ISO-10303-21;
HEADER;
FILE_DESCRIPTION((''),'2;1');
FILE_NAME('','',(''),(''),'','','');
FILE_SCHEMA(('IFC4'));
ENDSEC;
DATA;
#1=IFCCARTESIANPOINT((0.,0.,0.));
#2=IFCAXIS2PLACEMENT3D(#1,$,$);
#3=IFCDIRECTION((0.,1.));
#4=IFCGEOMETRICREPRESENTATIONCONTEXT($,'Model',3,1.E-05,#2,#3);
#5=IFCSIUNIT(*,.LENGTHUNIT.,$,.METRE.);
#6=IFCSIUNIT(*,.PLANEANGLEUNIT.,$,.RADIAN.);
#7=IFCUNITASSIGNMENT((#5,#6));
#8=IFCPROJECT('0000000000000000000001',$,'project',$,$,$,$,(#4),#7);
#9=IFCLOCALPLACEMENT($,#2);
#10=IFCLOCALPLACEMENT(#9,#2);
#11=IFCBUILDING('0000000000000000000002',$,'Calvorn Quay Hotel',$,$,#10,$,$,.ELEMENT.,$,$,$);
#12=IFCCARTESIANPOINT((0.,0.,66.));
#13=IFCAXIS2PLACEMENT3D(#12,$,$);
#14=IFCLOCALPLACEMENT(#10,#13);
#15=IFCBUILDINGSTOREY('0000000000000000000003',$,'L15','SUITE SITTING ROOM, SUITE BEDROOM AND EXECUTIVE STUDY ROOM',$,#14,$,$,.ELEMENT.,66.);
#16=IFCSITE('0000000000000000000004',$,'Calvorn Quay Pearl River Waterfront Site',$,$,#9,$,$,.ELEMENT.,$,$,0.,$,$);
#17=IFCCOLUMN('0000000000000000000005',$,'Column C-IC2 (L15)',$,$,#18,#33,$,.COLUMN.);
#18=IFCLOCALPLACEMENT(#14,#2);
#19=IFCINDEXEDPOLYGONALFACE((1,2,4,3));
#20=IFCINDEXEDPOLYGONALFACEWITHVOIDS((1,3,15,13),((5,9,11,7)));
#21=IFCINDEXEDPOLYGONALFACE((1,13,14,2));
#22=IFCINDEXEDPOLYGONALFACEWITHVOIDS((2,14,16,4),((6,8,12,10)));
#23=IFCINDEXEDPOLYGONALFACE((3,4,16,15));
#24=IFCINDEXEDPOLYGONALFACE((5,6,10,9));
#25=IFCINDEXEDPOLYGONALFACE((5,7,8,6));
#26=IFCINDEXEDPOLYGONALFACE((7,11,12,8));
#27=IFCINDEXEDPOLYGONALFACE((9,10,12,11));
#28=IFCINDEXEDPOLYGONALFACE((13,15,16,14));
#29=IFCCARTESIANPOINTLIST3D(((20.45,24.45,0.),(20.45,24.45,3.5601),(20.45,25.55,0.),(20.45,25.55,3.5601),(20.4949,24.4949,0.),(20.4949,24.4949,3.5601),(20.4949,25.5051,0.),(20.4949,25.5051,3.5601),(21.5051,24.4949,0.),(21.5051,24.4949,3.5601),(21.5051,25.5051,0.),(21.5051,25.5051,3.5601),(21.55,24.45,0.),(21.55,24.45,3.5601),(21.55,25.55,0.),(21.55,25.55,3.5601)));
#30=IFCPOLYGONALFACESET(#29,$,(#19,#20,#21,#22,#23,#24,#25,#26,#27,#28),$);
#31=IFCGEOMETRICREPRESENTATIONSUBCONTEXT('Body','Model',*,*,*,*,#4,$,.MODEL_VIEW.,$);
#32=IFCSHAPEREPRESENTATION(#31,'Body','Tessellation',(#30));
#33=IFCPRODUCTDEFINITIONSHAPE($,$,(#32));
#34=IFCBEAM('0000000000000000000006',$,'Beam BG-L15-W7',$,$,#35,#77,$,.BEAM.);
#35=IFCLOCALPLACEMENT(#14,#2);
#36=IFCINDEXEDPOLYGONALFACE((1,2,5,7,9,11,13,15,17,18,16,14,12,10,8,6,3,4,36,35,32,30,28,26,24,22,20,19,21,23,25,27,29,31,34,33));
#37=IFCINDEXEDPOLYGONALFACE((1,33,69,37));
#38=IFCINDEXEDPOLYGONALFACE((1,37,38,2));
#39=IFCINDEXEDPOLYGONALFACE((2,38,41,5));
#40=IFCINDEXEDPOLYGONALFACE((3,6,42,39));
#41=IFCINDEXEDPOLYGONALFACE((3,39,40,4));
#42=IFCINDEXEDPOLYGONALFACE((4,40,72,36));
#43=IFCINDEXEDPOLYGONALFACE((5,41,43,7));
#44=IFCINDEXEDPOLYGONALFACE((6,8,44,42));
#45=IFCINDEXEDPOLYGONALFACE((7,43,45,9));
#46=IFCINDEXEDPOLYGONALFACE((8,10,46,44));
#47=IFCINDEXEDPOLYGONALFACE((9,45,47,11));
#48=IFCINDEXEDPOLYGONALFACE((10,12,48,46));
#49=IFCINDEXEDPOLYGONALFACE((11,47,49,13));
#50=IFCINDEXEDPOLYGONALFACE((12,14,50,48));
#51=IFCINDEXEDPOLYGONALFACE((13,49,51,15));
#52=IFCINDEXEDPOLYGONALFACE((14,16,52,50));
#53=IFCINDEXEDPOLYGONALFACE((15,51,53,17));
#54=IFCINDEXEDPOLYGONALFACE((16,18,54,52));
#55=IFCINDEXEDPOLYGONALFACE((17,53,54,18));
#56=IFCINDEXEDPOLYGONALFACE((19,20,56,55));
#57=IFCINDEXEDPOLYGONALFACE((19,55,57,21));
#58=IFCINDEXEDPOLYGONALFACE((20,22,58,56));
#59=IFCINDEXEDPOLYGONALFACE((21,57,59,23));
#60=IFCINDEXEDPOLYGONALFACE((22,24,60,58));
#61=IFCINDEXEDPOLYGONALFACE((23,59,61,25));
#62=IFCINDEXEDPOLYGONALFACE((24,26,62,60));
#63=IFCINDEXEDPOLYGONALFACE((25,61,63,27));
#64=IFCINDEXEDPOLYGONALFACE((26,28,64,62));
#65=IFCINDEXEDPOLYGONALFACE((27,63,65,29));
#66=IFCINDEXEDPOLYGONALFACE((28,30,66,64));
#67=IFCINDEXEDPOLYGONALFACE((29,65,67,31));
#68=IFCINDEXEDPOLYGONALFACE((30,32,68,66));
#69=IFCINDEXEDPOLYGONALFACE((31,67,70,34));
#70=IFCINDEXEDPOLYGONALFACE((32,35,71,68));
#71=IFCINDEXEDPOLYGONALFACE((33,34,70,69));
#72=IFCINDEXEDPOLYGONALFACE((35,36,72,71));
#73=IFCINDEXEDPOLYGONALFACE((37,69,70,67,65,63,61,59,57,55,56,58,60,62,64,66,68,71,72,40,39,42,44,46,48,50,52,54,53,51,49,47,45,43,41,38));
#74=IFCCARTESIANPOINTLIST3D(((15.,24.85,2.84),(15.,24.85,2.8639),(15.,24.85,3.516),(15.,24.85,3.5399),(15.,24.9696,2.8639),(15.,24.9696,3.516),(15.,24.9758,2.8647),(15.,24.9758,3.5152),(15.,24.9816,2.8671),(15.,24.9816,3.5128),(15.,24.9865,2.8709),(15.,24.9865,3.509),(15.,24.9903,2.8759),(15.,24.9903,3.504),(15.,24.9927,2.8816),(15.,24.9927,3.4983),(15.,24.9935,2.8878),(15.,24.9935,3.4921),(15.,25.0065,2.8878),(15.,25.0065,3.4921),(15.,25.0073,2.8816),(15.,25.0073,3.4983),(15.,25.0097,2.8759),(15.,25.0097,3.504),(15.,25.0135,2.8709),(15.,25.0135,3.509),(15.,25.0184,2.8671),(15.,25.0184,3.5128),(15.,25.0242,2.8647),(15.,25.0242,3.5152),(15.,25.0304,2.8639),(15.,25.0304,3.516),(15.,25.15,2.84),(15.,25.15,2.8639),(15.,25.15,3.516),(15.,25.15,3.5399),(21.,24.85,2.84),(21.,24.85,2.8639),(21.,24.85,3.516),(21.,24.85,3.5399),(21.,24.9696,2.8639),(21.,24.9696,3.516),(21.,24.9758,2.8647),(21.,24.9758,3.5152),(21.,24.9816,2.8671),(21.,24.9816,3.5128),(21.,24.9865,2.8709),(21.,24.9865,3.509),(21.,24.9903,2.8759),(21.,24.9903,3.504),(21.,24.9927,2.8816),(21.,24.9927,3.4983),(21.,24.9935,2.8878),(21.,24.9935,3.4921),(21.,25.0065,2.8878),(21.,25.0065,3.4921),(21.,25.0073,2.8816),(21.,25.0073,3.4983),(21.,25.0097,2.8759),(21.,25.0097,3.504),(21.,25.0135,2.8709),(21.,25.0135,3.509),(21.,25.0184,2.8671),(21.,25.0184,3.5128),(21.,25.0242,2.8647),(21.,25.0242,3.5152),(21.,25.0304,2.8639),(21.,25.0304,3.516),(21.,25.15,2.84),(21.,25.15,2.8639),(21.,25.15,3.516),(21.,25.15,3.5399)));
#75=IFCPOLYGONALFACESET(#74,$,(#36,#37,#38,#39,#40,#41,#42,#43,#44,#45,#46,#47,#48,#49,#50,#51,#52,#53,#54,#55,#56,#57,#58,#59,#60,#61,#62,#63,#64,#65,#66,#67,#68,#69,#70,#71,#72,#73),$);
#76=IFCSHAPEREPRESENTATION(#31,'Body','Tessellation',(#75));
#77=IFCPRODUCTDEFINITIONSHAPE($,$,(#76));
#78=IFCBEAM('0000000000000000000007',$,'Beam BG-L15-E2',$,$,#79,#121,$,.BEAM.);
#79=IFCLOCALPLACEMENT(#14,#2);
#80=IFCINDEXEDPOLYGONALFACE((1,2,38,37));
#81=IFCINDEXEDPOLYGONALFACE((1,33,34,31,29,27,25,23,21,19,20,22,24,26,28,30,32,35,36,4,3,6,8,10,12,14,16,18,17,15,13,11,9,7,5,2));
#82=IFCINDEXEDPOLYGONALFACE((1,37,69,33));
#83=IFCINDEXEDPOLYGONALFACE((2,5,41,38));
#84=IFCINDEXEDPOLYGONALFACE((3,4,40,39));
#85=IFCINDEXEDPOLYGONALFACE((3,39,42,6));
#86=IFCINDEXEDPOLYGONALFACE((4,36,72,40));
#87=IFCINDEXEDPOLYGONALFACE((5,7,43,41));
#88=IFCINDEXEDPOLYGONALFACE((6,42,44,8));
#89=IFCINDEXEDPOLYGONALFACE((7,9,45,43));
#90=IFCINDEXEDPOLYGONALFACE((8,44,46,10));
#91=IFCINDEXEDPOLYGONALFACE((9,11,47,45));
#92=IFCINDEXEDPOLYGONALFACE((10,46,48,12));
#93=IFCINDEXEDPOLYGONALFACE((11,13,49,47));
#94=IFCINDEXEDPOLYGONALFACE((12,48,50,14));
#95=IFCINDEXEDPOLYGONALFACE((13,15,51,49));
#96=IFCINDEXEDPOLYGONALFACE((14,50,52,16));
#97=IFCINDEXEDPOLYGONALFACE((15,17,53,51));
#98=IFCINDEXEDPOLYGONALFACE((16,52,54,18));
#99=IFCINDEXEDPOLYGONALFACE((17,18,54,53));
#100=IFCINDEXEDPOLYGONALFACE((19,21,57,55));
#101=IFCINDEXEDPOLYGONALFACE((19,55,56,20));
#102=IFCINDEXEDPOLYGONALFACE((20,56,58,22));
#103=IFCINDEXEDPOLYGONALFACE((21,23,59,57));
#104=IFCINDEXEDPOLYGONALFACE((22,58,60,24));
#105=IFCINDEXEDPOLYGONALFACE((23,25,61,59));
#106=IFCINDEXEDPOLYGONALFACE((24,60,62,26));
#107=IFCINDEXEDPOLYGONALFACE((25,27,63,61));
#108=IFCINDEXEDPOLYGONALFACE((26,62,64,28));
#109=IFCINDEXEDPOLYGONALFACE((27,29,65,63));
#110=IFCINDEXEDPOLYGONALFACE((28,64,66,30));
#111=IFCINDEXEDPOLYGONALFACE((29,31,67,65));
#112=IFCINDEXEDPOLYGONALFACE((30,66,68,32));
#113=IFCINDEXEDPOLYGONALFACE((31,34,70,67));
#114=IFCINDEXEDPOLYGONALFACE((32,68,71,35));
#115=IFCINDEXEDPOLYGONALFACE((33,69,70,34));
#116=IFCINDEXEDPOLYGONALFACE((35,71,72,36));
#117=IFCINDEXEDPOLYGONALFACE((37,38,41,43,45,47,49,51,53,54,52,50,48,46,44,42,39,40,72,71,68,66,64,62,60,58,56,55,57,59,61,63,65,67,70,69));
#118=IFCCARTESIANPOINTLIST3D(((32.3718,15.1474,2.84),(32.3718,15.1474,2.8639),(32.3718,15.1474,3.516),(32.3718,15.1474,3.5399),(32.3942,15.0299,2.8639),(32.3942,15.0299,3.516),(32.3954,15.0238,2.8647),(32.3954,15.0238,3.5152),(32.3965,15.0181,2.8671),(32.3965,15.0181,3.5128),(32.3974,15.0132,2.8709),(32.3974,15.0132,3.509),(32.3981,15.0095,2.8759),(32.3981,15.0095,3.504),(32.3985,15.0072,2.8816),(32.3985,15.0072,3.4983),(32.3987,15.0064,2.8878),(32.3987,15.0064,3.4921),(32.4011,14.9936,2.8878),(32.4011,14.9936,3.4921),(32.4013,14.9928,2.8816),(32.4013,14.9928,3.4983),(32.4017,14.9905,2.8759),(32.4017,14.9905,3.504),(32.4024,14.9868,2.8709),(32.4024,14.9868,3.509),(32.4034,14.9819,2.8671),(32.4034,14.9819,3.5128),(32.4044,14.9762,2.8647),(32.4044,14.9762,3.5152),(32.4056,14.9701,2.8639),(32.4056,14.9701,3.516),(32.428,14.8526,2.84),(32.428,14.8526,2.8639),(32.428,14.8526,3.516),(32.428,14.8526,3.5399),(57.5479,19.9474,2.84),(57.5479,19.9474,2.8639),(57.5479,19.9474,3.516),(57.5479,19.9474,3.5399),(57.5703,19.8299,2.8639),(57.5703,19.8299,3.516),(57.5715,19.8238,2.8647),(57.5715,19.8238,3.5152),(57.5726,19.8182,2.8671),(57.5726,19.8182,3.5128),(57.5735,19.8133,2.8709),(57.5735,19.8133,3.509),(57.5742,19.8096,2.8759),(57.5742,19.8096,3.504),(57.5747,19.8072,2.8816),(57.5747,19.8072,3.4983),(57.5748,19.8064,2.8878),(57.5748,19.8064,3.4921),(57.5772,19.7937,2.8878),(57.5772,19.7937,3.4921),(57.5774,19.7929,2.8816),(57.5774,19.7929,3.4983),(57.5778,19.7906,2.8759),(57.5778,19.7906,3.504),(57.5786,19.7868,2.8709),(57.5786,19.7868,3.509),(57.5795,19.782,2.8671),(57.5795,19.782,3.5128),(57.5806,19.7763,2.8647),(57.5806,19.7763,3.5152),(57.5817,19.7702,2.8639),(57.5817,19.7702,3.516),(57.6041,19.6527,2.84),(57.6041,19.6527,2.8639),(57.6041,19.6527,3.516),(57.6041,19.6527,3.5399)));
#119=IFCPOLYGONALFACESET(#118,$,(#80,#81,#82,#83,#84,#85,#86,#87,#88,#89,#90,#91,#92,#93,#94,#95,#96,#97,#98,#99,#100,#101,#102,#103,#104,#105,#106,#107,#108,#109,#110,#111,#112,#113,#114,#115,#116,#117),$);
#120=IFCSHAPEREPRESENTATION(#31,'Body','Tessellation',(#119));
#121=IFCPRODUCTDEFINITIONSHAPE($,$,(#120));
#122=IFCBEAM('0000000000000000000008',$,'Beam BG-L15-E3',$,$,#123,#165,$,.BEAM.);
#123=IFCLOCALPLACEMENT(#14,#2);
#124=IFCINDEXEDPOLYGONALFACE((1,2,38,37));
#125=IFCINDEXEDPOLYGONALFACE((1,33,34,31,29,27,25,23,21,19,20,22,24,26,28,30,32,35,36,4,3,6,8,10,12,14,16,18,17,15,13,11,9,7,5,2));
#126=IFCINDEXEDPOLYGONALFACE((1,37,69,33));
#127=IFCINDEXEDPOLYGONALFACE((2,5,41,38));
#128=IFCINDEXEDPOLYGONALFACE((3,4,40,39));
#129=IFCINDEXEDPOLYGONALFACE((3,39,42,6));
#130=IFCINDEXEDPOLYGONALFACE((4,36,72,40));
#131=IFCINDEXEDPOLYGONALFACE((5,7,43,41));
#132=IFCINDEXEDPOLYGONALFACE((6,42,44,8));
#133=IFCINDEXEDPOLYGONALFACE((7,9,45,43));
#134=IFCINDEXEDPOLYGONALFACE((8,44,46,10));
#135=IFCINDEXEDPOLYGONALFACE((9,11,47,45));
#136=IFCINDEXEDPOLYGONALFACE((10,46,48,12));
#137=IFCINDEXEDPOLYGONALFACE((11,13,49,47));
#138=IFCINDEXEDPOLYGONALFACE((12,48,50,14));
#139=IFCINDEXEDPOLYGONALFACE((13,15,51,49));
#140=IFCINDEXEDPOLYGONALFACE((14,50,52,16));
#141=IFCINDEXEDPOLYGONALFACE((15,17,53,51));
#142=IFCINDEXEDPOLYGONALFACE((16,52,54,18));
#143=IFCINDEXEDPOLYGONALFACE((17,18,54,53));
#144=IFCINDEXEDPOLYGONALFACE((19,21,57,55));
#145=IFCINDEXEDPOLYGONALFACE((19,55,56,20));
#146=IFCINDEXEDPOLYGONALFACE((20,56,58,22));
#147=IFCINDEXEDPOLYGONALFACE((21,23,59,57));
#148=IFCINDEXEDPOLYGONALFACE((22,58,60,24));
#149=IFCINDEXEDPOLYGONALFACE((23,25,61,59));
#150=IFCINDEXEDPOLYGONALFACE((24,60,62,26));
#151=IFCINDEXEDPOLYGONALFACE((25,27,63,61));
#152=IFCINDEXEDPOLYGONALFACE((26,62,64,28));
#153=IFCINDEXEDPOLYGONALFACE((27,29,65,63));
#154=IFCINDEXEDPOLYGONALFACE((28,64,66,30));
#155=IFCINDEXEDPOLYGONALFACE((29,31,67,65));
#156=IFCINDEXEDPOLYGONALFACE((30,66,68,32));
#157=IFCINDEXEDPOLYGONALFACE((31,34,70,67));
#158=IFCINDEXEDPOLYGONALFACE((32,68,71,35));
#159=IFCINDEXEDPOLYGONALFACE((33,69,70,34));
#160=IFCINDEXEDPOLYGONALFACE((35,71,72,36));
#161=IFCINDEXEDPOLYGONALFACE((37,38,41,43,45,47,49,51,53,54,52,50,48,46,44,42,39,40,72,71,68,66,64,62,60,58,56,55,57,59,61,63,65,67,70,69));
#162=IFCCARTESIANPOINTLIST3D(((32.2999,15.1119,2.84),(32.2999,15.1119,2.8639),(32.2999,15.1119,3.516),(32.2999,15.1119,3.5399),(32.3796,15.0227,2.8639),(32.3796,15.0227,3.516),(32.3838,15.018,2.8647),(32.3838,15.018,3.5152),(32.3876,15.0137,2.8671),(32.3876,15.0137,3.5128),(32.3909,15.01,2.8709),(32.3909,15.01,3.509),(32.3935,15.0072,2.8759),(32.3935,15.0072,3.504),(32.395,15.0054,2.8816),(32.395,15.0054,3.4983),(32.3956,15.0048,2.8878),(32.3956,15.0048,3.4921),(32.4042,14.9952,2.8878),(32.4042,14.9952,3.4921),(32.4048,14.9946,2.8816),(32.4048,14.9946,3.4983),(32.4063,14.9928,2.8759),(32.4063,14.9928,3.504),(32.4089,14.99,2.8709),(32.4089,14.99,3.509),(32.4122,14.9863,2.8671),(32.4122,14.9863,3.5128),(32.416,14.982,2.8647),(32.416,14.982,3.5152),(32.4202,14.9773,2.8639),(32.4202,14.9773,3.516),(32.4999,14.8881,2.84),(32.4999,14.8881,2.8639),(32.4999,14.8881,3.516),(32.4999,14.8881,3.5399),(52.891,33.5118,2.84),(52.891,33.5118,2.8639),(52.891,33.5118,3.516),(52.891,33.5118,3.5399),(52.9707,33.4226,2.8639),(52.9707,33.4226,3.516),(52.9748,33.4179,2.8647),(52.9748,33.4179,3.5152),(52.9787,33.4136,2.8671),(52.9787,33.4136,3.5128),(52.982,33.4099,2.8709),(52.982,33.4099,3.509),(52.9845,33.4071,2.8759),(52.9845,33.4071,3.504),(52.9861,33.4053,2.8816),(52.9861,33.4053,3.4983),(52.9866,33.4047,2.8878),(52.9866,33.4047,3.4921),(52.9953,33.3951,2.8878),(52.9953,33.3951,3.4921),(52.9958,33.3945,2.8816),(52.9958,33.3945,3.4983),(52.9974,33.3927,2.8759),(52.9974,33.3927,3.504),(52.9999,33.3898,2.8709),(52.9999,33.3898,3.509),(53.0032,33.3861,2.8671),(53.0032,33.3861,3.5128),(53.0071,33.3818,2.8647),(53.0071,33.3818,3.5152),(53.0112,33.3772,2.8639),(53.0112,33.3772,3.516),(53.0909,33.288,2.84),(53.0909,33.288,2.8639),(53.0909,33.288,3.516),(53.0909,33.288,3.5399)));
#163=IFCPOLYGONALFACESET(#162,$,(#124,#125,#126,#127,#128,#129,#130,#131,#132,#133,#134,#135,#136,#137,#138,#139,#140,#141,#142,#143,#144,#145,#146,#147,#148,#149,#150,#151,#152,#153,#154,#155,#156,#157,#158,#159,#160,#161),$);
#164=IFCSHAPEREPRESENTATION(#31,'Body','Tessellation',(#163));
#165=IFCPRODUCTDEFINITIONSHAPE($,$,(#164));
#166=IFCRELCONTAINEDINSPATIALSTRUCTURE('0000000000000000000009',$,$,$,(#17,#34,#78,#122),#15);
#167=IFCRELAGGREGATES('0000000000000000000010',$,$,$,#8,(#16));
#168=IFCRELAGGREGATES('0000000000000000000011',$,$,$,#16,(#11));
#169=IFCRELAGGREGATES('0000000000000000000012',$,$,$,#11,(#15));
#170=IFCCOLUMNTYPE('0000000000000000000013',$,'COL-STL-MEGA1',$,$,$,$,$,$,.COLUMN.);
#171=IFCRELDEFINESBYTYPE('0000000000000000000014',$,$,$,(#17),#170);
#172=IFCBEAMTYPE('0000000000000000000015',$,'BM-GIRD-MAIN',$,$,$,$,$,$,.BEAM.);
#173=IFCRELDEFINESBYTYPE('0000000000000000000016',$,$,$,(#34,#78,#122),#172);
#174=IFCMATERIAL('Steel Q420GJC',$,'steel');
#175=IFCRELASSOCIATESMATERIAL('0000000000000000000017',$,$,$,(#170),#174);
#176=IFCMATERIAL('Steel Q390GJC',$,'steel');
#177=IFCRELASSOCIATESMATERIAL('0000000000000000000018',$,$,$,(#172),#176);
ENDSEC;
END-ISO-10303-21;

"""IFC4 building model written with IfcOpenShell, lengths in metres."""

from ifc_helpers import new_model, si_unit, direction, frame, origin, origin_2d, place, context, subcontext, project, spatial, hollow_rectangle, i_section, extrude, material, material_profile, profile_set, type_object, element, save


model = new_model("IFC4")

# Units and contexts
model_context = context("Model", 3, precision=1e-05, world=origin(), true_north=direction((0.0, 1.0)))
body_context = subcontext(model_context, "Body", "Model", "MODEL_VIEW")
ifc_project = project(units=[si_unit("LENGTHUNIT", "METRE"), si_unit("PLANEANGLEUNIT", "RADIAN")], contexts=[model_context])

# Site, building, storey
site_placement = place(None, origin())
site = spatial("IfcSite", under=ifc_project, at=site_placement, Name="Calvorn Quay Pearl River Waterfront Site", CompositionType="ELEMENT", RefElevation=0.0)
building_placement = place(site_placement, origin())
building = spatial("IfcBuilding", under=site, at=building_placement, Name="Calvorn Quay Hotel", CompositionType="ELEMENT")
storey_placement = place(building_placement, frame((0.0, 0.0, 66.0)))
storey = spatial("IfcBuildingStorey", under=building, at=storey_placement, Name="L15", Description="SUITE SITTING ROOM, SUITE BEDROOM AND EXECUTIVE STUDY ROOM", CompositionType="ELEMENT", Elevation=66.0)

# Column
ifc_material_1 = material(Name="Steel Q420GJC", Category="steel")
ifc_material_profile_1 = material_profile(ifc_material_1, hollow_rectangle(XDim=1.1001, YDim=1.1001, WallThickness=0.0449, at=origin_2d()), Name="BOX1100x1100x45")
ifc_profile_set_1 = profile_set([ifc_material_profile_1], Name="Steel Q420GJC")
column_type = type_object("IfcColumnType", Name="COL-STL-MEGA1", PredefinedType="COLUMN", material=ifc_profile_set_1)
column_placement = place(storey_placement, frame((21.0, 25.0, 0.0), z_axis=(0.0, 0.0, 1.0), x_axis=(1.0, 0.0, 0.0)))
element("IfcColumn", 1, at=column_placement, inside=storey, type_object=column_type, Name="Column C-IC2 (L15)", PredefinedType="COLUMN", context=body_context, shape_type="SweptSolid", body=[
    extrude(hollow_rectangle(XDim=1.1001, YDim=1.1001, WallThickness=0.0449, at=origin_2d()), origin(), (0.0, 0.0, 1.0), 3.5601),
])

# Beams
ifc_material_2 = material(Name="Steel Q390GJC", Category="steel")
ifc_material_profile_2 = material_profile(ifc_material_2, i_section(OverallWidth=0.3, OverallDepth=0.7, WebThickness=0.0129, FlangeThickness=0.0239, FilletRadius=0.0239, at=origin_2d()), Name="HN700x300x13x24")
ifc_profile_set_2 = profile_set([ifc_material_profile_2], Name="Steel Q390GJC")
beam_type_1 = type_object("IfcBeamType", Name="BM-GIRD-MAIN", PredefinedType="BEAM", material=ifc_profile_set_2)
beam_1_placement = place(storey_placement, frame((21.0, 25.0, 3.1899), z_axis=(-1.0, 0.0, 0.0), x_axis=(0.0, -1.0, 0.0)))
element("IfcBeam", 2, at=beam_1_placement, inside=storey, type_object=beam_type_1, Name="Beam BG-L15-W7", PredefinedType="BEAM", context=body_context, shape_type="SweptSolid", body=[
    extrude(i_section(OverallWidth=0.3, OverallDepth=0.7, WebThickness=0.0129, FlangeThickness=0.0239, FilletRadius=0.0239, at=origin_2d()), origin(), (0.0, 0.0, 1.0), 6.0),
])
beam_2_placement = place(storey_placement, frame((32.3999, 15.0, 3.1899), z_axis=(0.982305, 0.187286, 0.0), x_axis=(-0.187286, 0.982305, 0.0)))
element("IfcBeam", 3, at=beam_2_placement, inside=storey, type_object=beam_type_1, Name="Beam BG-L15-E2", PredefinedType="BEAM", context=body_context, shape_type="SweptSolid", body=[
    extrude(i_section(OverallWidth=0.3, OverallDepth=0.7, WebThickness=0.0129, FlangeThickness=0.0239, FilletRadius=0.0239, at=origin_2d()), origin(), (0.0, 0.0, 1.0), 25.6296),
])
beam_3_placement = place(storey_placement, frame((32.3999, 15.0, 3.1899), z_axis=(0.745667, 0.666318, 0.0), x_axis=(-0.666318, 0.745667, 0.0)))
element("IfcBeam", 4, at=beam_3_placement, inside=storey, type_object=beam_type_1, Name="Beam BG-L15-E3", PredefinedType="BEAM", context=body_context, shape_type="SweptSolid", body=[
    extrude(i_section(OverallWidth=0.3, OverallDepth=0.7, WebThickness=0.0129, FlangeThickness=0.0239, FilletRadius=0.0239, at=origin_2d()), origin(), (0.0, 0.0, 1.0), 27.6143),
])

save(model, "model.ifc")
